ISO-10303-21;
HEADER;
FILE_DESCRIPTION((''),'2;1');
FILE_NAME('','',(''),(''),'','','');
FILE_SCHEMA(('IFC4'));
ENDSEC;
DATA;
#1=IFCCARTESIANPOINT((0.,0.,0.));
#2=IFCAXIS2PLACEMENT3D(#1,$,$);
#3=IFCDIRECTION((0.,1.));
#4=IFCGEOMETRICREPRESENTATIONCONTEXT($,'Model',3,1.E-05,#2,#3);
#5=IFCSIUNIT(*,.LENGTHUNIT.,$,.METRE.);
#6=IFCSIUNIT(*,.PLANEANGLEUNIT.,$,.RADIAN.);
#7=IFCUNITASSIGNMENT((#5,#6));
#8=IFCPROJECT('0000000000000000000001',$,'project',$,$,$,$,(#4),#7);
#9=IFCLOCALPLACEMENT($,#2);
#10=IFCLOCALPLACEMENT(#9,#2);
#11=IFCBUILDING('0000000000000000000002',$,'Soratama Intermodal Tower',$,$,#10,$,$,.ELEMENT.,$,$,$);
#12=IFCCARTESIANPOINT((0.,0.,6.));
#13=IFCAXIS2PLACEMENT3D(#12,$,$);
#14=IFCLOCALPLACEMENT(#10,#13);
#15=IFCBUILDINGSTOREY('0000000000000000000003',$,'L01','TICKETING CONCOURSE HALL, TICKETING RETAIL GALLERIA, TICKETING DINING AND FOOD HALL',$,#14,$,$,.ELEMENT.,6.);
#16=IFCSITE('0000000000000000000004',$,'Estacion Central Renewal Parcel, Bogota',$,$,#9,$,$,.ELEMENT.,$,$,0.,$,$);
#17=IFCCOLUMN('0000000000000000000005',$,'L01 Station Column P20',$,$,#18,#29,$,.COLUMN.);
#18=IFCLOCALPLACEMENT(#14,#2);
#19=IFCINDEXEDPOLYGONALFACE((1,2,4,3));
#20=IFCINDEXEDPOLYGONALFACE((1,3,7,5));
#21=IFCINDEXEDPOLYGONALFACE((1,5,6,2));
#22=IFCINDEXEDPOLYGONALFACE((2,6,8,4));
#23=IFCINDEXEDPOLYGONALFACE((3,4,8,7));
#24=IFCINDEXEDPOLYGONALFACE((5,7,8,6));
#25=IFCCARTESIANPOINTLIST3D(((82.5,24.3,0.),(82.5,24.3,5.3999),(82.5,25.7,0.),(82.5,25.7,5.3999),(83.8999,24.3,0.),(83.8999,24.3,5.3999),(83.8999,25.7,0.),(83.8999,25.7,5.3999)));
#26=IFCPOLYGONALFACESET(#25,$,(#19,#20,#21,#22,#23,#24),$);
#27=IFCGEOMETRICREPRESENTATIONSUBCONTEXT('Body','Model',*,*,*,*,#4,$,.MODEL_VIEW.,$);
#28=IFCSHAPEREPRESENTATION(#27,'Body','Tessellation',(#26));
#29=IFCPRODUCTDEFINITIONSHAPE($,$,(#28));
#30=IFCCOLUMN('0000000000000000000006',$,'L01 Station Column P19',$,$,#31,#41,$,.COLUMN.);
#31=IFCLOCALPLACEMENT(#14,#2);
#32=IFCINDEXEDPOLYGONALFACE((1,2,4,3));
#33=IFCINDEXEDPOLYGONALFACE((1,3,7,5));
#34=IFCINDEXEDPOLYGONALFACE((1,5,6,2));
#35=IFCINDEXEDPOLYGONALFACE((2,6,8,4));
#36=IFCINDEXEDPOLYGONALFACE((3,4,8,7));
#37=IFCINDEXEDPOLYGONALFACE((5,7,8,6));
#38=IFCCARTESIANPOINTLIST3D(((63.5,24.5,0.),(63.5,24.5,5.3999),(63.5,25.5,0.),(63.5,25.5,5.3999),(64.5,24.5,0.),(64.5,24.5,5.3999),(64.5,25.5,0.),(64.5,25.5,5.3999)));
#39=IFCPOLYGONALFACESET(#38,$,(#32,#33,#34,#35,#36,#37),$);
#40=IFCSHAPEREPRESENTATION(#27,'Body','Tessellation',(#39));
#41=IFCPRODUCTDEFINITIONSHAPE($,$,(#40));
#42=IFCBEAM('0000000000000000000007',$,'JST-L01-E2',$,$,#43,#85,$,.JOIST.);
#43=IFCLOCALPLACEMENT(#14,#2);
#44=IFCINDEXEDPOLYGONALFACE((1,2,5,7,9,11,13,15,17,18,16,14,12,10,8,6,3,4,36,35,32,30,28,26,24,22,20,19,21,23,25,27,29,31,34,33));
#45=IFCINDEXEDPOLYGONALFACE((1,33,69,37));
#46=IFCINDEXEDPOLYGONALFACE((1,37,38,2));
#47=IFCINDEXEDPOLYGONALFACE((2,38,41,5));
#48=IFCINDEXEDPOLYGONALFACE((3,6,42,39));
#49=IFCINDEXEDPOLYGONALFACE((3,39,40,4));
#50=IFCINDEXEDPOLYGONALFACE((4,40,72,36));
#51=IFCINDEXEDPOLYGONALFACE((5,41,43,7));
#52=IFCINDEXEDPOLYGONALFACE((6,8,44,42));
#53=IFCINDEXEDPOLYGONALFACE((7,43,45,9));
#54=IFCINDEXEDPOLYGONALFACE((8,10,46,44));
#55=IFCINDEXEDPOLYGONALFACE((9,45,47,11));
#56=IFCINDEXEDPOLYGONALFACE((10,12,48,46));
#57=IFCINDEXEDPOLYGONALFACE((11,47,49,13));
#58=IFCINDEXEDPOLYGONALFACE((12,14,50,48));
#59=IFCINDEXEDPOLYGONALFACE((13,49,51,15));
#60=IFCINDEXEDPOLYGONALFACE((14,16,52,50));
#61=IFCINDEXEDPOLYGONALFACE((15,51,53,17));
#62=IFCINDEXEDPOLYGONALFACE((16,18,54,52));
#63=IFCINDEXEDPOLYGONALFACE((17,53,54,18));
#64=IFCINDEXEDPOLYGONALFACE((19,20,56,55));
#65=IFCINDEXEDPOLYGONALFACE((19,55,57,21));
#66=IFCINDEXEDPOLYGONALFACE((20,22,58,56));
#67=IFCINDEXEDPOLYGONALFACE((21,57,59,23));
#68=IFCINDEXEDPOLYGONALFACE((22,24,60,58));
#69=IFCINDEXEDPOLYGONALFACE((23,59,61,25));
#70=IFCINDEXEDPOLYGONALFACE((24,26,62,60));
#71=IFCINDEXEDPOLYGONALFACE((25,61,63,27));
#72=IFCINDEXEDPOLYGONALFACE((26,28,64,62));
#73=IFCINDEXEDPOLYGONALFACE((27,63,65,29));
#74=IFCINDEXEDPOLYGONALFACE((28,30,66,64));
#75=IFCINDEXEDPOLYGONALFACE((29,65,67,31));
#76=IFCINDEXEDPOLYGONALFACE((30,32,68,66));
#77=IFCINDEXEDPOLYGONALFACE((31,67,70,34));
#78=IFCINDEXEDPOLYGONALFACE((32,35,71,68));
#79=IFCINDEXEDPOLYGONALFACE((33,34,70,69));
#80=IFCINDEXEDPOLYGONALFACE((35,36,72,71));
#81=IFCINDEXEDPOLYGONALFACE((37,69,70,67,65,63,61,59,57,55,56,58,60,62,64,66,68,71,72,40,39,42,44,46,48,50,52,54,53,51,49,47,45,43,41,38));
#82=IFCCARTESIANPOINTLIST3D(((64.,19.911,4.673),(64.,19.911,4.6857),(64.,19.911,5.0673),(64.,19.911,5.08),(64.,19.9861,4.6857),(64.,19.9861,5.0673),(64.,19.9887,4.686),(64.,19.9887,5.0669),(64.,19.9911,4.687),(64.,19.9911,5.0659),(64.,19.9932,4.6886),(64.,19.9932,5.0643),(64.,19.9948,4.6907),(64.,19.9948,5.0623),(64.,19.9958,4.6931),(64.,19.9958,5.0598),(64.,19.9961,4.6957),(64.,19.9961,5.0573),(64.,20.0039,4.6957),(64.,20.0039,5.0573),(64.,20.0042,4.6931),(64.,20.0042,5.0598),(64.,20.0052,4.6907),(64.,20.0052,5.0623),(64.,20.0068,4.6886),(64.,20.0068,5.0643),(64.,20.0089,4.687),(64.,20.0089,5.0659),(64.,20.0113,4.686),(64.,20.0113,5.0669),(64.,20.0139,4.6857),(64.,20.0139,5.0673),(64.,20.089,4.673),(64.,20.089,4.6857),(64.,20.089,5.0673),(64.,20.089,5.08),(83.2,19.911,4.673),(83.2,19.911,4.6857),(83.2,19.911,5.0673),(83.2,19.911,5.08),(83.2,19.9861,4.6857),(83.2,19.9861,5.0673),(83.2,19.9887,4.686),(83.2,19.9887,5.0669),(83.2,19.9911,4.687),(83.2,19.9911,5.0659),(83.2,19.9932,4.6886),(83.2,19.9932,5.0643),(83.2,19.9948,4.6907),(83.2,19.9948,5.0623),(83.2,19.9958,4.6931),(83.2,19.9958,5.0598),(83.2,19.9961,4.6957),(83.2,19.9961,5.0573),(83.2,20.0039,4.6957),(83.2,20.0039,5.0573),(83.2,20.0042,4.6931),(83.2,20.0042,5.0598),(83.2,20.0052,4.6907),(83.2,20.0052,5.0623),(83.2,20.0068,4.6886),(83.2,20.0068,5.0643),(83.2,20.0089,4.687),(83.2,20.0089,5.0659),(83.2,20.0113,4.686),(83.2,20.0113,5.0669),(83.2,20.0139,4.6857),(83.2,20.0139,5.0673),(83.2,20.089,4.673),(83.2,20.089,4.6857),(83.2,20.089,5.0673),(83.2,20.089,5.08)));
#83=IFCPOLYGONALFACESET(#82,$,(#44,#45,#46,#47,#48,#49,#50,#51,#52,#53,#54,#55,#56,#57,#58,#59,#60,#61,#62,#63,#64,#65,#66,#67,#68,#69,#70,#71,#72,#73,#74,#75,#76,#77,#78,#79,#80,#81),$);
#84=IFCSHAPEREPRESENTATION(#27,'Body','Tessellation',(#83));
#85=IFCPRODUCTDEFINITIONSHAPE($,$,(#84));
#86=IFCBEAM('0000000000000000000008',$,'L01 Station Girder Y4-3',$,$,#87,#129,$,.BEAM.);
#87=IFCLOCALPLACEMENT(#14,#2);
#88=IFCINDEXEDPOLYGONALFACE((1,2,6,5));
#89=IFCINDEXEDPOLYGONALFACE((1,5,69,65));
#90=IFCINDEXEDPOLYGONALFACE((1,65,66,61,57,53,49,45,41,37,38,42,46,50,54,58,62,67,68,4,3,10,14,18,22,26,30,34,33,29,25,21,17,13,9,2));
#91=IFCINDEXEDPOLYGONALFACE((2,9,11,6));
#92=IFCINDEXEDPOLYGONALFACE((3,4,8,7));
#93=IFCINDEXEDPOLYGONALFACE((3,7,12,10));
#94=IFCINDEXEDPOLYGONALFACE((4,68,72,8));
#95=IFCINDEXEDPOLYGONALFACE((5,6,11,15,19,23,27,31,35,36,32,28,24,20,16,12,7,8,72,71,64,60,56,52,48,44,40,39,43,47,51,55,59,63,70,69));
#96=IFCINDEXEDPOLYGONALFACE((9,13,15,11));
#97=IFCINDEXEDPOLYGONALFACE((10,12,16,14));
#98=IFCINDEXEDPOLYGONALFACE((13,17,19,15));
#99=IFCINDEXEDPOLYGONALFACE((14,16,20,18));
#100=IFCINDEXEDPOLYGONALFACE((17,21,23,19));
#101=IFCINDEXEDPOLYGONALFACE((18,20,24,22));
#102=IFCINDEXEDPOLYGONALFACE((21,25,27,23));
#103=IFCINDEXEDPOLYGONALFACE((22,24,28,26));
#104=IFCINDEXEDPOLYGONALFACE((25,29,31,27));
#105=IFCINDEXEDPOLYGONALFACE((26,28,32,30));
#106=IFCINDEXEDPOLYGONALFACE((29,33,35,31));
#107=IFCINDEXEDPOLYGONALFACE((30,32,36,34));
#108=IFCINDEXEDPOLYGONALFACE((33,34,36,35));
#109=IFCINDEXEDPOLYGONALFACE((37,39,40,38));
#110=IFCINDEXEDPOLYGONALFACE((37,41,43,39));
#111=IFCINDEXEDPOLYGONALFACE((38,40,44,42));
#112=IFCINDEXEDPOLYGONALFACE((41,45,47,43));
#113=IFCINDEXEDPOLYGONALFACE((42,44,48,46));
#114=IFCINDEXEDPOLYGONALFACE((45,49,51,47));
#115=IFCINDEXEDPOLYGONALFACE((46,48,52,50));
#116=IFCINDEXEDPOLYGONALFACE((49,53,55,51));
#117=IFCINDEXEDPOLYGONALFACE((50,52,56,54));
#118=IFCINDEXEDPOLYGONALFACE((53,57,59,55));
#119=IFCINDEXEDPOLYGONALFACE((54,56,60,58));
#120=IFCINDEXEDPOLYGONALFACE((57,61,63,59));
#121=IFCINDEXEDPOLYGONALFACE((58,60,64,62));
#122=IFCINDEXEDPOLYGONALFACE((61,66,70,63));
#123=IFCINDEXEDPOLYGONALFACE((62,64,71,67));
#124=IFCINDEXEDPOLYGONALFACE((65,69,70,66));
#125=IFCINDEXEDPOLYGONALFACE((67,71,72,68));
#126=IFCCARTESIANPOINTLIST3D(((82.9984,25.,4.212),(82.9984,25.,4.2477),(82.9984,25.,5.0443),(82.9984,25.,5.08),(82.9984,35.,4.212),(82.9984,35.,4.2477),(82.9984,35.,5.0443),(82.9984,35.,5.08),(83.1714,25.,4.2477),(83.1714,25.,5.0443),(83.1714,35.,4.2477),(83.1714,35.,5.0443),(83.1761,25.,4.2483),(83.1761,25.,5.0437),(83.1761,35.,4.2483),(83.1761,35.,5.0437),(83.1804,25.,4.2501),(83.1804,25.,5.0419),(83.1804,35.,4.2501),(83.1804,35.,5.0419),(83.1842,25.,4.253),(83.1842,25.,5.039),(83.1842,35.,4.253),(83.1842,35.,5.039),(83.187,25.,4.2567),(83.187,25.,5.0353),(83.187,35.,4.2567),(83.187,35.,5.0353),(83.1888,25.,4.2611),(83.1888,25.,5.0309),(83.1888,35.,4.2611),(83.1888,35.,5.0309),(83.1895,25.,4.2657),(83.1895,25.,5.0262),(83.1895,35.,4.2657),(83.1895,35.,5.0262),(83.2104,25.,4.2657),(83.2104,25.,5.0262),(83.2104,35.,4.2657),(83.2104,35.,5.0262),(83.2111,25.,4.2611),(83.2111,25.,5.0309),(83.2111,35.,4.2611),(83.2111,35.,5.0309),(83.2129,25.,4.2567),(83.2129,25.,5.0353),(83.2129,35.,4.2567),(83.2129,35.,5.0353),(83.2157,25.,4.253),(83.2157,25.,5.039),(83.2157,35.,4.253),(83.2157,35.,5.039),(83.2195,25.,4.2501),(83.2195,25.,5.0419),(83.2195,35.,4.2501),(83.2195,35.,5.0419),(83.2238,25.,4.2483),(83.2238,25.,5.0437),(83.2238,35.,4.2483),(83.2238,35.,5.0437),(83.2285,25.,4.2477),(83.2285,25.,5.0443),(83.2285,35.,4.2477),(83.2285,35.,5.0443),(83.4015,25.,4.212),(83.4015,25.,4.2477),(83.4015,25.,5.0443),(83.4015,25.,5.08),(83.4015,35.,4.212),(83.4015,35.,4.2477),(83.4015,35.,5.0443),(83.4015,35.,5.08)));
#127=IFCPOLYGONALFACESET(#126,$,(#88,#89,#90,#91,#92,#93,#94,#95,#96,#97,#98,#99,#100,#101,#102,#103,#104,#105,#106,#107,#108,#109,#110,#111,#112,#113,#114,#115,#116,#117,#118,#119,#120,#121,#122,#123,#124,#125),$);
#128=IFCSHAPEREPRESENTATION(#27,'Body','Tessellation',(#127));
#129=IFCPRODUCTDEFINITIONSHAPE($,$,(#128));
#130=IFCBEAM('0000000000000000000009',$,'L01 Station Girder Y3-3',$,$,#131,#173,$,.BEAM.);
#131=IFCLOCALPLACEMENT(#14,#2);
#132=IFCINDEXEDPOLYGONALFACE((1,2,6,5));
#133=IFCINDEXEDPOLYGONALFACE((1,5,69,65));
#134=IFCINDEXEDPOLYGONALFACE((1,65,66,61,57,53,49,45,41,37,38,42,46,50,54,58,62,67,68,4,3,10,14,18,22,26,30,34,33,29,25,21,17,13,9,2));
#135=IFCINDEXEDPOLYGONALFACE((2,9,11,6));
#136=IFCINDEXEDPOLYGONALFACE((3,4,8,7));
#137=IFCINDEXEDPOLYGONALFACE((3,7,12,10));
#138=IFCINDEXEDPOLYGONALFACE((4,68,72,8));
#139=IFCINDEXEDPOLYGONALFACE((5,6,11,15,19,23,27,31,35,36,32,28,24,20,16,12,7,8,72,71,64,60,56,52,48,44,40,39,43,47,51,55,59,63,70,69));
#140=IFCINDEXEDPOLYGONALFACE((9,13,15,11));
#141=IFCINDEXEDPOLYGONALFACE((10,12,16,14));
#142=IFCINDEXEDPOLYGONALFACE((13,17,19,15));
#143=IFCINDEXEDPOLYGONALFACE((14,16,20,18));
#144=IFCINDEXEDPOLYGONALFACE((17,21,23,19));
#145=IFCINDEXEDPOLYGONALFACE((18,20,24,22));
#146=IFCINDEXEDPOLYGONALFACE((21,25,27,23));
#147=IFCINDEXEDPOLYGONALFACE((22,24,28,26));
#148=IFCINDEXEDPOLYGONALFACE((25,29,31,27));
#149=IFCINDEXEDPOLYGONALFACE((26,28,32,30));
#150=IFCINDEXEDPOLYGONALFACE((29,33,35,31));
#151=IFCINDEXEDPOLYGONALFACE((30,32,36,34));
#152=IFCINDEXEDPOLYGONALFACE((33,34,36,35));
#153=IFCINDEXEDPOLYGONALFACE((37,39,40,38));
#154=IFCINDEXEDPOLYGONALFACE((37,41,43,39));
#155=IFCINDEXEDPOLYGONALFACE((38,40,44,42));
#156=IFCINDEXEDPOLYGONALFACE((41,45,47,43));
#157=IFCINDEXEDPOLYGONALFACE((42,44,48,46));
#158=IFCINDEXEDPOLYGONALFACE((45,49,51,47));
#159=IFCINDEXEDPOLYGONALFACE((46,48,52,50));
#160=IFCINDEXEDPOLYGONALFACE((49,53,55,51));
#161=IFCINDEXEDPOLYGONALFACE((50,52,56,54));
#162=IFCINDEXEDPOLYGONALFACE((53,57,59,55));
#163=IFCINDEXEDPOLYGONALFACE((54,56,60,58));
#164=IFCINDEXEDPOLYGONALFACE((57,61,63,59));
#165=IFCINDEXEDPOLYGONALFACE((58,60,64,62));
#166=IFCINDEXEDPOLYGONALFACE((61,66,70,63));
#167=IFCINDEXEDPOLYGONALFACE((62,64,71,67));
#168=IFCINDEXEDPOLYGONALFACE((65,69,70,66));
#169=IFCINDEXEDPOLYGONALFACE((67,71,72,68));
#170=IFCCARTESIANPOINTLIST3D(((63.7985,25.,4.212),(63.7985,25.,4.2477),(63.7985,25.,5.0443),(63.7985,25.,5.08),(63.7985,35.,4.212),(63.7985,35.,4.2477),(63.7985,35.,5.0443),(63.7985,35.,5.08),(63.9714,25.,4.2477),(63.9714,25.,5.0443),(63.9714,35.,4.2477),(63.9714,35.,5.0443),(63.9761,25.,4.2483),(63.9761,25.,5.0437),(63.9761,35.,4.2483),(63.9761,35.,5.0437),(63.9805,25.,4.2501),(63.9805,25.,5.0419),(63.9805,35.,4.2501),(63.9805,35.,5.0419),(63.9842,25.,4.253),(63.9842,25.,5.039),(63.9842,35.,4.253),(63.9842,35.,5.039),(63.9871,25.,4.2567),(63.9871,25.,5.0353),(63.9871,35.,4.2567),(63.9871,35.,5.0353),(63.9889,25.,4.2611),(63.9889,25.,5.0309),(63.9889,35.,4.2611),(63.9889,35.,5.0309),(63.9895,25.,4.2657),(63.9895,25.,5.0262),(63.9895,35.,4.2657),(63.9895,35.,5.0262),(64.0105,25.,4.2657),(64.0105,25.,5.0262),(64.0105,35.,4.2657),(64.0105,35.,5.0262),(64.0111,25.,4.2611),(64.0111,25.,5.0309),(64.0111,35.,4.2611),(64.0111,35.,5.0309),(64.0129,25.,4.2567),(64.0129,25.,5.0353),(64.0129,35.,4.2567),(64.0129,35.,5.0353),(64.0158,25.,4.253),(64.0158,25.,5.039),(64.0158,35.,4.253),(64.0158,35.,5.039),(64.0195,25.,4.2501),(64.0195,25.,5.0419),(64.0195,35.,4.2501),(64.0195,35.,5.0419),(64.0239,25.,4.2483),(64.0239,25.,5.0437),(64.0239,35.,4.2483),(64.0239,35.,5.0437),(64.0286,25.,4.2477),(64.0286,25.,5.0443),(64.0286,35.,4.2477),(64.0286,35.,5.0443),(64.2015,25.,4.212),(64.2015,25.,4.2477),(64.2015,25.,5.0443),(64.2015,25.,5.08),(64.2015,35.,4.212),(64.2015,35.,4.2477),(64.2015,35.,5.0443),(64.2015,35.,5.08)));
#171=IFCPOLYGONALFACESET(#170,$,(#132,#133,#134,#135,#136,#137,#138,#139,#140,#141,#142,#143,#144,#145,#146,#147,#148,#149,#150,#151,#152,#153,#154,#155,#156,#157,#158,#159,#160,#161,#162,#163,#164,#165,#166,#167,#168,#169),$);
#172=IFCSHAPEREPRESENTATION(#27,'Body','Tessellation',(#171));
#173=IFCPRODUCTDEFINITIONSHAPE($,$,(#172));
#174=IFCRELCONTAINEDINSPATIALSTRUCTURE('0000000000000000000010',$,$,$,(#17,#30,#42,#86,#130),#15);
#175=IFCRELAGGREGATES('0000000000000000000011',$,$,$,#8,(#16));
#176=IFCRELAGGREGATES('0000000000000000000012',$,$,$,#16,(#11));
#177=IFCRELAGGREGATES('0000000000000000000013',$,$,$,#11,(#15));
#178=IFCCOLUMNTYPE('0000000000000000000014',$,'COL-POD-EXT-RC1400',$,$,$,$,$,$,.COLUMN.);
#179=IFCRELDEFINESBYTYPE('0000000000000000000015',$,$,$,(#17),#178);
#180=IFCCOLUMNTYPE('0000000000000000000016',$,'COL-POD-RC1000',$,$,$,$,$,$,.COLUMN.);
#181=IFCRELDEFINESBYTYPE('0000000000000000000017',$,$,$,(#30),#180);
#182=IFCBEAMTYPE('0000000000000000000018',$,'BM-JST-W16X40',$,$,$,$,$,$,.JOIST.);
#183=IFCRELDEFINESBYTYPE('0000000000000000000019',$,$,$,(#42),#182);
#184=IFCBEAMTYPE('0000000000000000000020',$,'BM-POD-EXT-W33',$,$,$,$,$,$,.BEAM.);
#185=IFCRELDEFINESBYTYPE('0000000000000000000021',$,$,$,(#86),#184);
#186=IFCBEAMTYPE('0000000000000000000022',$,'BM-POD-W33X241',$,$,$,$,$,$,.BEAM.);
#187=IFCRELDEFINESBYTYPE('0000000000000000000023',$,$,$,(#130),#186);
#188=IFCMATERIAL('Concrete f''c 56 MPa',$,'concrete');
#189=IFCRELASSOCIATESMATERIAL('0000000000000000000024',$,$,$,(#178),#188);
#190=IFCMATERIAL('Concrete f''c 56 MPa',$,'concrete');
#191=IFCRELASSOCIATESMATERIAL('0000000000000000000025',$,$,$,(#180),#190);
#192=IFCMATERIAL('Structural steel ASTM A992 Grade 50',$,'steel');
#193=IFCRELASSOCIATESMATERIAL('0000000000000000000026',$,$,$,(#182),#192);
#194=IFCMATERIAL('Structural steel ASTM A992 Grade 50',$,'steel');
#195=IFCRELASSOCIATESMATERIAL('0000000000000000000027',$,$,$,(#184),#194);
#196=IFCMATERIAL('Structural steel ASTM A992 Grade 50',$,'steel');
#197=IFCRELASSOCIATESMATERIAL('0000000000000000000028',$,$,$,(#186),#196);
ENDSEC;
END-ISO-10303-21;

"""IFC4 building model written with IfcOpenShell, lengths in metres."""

from ifc_helpers import new_model, si_unit, direction, frame, origin, origin_2d, place, context, subcontext, project, spatial, rectangle, i_section, extrude, material, material_profile, profile_set, type_object, element, save


model = new_model("IFC4")

# Units and contexts
model_context = context("Model", 3, precision=1e-05, world=origin(), true_north=direction((0.0, 1.0)))
body_context = subcontext(model_context, "Body", "Model", "MODEL_VIEW")
ifc_project = project(units=[si_unit("LENGTHUNIT", "METRE"), si_unit("PLANEANGLEUNIT", "RADIAN")], contexts=[model_context])

# Site, building, storey
site_placement = place(None, origin())
site = spatial("IfcSite", under=ifc_project, at=site_placement, Name="Estacion Central Renewal Parcel, Bogota", CompositionType="ELEMENT", RefElevation=0.0)
building_placement = place(site_placement, origin())
building = spatial("IfcBuilding", under=site, at=building_placement, Name="Soratama Intermodal Tower", CompositionType="ELEMENT")
storey_placement = place(building_placement, frame((0.0, 0.0, 6.0)))
storey = spatial("IfcBuildingStorey", under=building, at=storey_placement, Name="L01", Description="TICKETING CONCOURSE HALL, TICKETING RETAIL GALLERIA, TICKETING DINING AND FOOD HALL", CompositionType="ELEMENT", Elevation=6.0)

# Columns
ifc_material_1 = material(Name="Concrete f'c 56 MPa", Category="concrete")
ifc_material_profile_1 = material_profile(ifc_material_1, rectangle(XDim=1.3999, YDim=1.3999, at=origin_2d()), Name="RC1400X1400")
ifc_profile_set_1 = profile_set([ifc_material_profile_1], Name="Concrete f'c 56 MPa")
column_type_1 = type_object("IfcColumnType", Name="COL-POD-EXT-RC1400", PredefinedType="COLUMN", material=ifc_profile_set_1)
column_1_placement = place(storey_placement, frame((83.2, 25.0, 0.0), z_axis=(0.0, 0.0, 1.0), x_axis=(1.0, 0.0, 0.0)))
element("IfcColumn", 1, at=column_1_placement, inside=storey, type_object=column_type_1, Name="L01 Station Column P20", PredefinedType="COLUMN", context=body_context, shape_type="SweptSolid", body=[
    extrude(rectangle(XDim=1.3999, YDim=1.3999, at=origin_2d()), origin(), (0.0, 0.0, 1.0), 5.3999),
])
ifc_material_2 = material(Name="Concrete f'c 56 MPa", Category="concrete")
ifc_material_profile_2 = material_profile(ifc_material_2, rectangle(XDim=1.0, YDim=1.0, at=origin_2d()), Name="RC1000X1000")
ifc_profile_set_2 = profile_set([ifc_material_profile_2], Name="Concrete f'c 56 MPa")
column_type_2 = type_object("IfcColumnType", Name="COL-POD-RC1000", PredefinedType="COLUMN", material=ifc_profile_set_2)
column_2_placement = place(storey_placement, frame((64.0, 25.0, 0.0), z_axis=(0.0, 0.0, 1.0), x_axis=(1.0, 0.0, 0.0)))
element("IfcColumn", 2, at=column_2_placement, inside=storey, type_object=column_type_2, Name="L01 Station Column P19", PredefinedType="COLUMN", context=body_context, shape_type="SweptSolid", body=[
    extrude(rectangle(XDim=1.0, YDim=1.0, at=origin_2d()), origin(), (0.0, 0.0, 1.0), 5.3999),
])

# Beams
ifc_material_3 = material(Name="Structural steel ASTM A992 Grade 50", Category="steel")
ifc_material_profile_3 = material_profile(ifc_material_3, i_section(OverallWidth=0.178, OverallDepth=0.407, WebThickness=0.0078, FlangeThickness=0.0127, FilletRadius=0.01, at=origin_2d()), Name="W16X40")
ifc_profile_set_3 = profile_set([ifc_material_profile_3], Name="Structural steel ASTM A992 Grade 50")
beam_type_1 = type_object("IfcBeamType", Name="BM-JST-W16X40", PredefinedType="JOIST", material=ifc_profile_set_3)
beam_1_placement = place(storey_placement, frame((64.0, 20.0, 4.8765), z_axis=(1.0, 0.0, 0.0), x_axis=(0.0, 1.0, 0.0)))
element("IfcBeam", 3, at=beam_1_placement, inside=storey, type_object=beam_type_1, Name="JST-L01-E2", PredefinedType="JOIST", context=body_context, shape_type="SweptSolid", body=[
    extrude(i_section(OverallWidth=0.178, OverallDepth=0.407, WebThickness=0.0078, FlangeThickness=0.0127, FilletRadius=0.01, at=origin_2d()), origin(), (0.0, 0.0, 1.0), 19.2),
])
ifc_material_4 = material(Name="Structural steel ASTM A992 Grade 50", Category="steel")
ifc_material_profile_4 = material_profile(ifc_material_4, i_section(OverallWidth=0.4031, OverallDepth=0.8679, WebThickness=0.021, FlangeThickness=0.0356, FilletRadius=0.0181, at=origin_2d()), Name="W33X241")
ifc_profile_set_4 = profile_set([ifc_material_profile_4], Name="Structural steel ASTM A992 Grade 50")
beam_type_2 = type_object("IfcBeamType", Name="BM-POD-EXT-W33", PredefinedType="BEAM", material=ifc_profile_set_4)
beam_2_placement = place(storey_placement, frame((83.2, 25.0, 4.646), z_axis=(0.0, 1.0, 0.0), x_axis=(-1.0, 0.0, 0.0)))
element("IfcBeam", 4, at=beam_2_placement, inside=storey, type_object=beam_type_2, Name="L01 Station Girder Y4-3", PredefinedType="BEAM", context=body_context, shape_type="SweptSolid", body=[
    extrude(i_section(OverallWidth=0.4031, OverallDepth=0.8679, WebThickness=0.021, FlangeThickness=0.0356, FilletRadius=0.0181, at=origin_2d()), origin(), (0.0, 0.0, 1.0), 10.0),
])
ifc_material_5 = material(Name="Structural steel ASTM A992 Grade 50", Category="steel")
ifc_material_profile_5 = material_profile(ifc_material_5, i_section(OverallWidth=0.4031, OverallDepth=0.8679, WebThickness=0.021, FlangeThickness=0.0356, FilletRadius=0.0181, at=origin_2d()), Name="W33X241")
ifc_profile_set_5 = profile_set([ifc_material_profile_5], Name="Structural steel ASTM A992 Grade 50")
beam_type_3 = type_object("IfcBeamType", Name="BM-POD-W33X241", PredefinedType="BEAM", material=ifc_profile_set_5)
beam_3_placement = place(storey_placement, frame((64.0, 25.0, 4.646), z_axis=(0.0, 1.0, 0.0), x_axis=(-1.0, 0.0, 0.0)))
element("IfcBeam", 5, at=beam_3_placement, inside=storey, type_object=beam_type_3, Name="L01 Station Girder Y3-3", PredefinedType="BEAM", context=body_context, shape_type="SweptSolid", body=[
    extrude(i_section(OverallWidth=0.4031, OverallDepth=0.8679, WebThickness=0.021, FlangeThickness=0.0356, FilletRadius=0.0181, at=origin_2d()), origin(), (0.0, 0.0, 1.0), 10.0),
])

save(model, "model.ifc")
